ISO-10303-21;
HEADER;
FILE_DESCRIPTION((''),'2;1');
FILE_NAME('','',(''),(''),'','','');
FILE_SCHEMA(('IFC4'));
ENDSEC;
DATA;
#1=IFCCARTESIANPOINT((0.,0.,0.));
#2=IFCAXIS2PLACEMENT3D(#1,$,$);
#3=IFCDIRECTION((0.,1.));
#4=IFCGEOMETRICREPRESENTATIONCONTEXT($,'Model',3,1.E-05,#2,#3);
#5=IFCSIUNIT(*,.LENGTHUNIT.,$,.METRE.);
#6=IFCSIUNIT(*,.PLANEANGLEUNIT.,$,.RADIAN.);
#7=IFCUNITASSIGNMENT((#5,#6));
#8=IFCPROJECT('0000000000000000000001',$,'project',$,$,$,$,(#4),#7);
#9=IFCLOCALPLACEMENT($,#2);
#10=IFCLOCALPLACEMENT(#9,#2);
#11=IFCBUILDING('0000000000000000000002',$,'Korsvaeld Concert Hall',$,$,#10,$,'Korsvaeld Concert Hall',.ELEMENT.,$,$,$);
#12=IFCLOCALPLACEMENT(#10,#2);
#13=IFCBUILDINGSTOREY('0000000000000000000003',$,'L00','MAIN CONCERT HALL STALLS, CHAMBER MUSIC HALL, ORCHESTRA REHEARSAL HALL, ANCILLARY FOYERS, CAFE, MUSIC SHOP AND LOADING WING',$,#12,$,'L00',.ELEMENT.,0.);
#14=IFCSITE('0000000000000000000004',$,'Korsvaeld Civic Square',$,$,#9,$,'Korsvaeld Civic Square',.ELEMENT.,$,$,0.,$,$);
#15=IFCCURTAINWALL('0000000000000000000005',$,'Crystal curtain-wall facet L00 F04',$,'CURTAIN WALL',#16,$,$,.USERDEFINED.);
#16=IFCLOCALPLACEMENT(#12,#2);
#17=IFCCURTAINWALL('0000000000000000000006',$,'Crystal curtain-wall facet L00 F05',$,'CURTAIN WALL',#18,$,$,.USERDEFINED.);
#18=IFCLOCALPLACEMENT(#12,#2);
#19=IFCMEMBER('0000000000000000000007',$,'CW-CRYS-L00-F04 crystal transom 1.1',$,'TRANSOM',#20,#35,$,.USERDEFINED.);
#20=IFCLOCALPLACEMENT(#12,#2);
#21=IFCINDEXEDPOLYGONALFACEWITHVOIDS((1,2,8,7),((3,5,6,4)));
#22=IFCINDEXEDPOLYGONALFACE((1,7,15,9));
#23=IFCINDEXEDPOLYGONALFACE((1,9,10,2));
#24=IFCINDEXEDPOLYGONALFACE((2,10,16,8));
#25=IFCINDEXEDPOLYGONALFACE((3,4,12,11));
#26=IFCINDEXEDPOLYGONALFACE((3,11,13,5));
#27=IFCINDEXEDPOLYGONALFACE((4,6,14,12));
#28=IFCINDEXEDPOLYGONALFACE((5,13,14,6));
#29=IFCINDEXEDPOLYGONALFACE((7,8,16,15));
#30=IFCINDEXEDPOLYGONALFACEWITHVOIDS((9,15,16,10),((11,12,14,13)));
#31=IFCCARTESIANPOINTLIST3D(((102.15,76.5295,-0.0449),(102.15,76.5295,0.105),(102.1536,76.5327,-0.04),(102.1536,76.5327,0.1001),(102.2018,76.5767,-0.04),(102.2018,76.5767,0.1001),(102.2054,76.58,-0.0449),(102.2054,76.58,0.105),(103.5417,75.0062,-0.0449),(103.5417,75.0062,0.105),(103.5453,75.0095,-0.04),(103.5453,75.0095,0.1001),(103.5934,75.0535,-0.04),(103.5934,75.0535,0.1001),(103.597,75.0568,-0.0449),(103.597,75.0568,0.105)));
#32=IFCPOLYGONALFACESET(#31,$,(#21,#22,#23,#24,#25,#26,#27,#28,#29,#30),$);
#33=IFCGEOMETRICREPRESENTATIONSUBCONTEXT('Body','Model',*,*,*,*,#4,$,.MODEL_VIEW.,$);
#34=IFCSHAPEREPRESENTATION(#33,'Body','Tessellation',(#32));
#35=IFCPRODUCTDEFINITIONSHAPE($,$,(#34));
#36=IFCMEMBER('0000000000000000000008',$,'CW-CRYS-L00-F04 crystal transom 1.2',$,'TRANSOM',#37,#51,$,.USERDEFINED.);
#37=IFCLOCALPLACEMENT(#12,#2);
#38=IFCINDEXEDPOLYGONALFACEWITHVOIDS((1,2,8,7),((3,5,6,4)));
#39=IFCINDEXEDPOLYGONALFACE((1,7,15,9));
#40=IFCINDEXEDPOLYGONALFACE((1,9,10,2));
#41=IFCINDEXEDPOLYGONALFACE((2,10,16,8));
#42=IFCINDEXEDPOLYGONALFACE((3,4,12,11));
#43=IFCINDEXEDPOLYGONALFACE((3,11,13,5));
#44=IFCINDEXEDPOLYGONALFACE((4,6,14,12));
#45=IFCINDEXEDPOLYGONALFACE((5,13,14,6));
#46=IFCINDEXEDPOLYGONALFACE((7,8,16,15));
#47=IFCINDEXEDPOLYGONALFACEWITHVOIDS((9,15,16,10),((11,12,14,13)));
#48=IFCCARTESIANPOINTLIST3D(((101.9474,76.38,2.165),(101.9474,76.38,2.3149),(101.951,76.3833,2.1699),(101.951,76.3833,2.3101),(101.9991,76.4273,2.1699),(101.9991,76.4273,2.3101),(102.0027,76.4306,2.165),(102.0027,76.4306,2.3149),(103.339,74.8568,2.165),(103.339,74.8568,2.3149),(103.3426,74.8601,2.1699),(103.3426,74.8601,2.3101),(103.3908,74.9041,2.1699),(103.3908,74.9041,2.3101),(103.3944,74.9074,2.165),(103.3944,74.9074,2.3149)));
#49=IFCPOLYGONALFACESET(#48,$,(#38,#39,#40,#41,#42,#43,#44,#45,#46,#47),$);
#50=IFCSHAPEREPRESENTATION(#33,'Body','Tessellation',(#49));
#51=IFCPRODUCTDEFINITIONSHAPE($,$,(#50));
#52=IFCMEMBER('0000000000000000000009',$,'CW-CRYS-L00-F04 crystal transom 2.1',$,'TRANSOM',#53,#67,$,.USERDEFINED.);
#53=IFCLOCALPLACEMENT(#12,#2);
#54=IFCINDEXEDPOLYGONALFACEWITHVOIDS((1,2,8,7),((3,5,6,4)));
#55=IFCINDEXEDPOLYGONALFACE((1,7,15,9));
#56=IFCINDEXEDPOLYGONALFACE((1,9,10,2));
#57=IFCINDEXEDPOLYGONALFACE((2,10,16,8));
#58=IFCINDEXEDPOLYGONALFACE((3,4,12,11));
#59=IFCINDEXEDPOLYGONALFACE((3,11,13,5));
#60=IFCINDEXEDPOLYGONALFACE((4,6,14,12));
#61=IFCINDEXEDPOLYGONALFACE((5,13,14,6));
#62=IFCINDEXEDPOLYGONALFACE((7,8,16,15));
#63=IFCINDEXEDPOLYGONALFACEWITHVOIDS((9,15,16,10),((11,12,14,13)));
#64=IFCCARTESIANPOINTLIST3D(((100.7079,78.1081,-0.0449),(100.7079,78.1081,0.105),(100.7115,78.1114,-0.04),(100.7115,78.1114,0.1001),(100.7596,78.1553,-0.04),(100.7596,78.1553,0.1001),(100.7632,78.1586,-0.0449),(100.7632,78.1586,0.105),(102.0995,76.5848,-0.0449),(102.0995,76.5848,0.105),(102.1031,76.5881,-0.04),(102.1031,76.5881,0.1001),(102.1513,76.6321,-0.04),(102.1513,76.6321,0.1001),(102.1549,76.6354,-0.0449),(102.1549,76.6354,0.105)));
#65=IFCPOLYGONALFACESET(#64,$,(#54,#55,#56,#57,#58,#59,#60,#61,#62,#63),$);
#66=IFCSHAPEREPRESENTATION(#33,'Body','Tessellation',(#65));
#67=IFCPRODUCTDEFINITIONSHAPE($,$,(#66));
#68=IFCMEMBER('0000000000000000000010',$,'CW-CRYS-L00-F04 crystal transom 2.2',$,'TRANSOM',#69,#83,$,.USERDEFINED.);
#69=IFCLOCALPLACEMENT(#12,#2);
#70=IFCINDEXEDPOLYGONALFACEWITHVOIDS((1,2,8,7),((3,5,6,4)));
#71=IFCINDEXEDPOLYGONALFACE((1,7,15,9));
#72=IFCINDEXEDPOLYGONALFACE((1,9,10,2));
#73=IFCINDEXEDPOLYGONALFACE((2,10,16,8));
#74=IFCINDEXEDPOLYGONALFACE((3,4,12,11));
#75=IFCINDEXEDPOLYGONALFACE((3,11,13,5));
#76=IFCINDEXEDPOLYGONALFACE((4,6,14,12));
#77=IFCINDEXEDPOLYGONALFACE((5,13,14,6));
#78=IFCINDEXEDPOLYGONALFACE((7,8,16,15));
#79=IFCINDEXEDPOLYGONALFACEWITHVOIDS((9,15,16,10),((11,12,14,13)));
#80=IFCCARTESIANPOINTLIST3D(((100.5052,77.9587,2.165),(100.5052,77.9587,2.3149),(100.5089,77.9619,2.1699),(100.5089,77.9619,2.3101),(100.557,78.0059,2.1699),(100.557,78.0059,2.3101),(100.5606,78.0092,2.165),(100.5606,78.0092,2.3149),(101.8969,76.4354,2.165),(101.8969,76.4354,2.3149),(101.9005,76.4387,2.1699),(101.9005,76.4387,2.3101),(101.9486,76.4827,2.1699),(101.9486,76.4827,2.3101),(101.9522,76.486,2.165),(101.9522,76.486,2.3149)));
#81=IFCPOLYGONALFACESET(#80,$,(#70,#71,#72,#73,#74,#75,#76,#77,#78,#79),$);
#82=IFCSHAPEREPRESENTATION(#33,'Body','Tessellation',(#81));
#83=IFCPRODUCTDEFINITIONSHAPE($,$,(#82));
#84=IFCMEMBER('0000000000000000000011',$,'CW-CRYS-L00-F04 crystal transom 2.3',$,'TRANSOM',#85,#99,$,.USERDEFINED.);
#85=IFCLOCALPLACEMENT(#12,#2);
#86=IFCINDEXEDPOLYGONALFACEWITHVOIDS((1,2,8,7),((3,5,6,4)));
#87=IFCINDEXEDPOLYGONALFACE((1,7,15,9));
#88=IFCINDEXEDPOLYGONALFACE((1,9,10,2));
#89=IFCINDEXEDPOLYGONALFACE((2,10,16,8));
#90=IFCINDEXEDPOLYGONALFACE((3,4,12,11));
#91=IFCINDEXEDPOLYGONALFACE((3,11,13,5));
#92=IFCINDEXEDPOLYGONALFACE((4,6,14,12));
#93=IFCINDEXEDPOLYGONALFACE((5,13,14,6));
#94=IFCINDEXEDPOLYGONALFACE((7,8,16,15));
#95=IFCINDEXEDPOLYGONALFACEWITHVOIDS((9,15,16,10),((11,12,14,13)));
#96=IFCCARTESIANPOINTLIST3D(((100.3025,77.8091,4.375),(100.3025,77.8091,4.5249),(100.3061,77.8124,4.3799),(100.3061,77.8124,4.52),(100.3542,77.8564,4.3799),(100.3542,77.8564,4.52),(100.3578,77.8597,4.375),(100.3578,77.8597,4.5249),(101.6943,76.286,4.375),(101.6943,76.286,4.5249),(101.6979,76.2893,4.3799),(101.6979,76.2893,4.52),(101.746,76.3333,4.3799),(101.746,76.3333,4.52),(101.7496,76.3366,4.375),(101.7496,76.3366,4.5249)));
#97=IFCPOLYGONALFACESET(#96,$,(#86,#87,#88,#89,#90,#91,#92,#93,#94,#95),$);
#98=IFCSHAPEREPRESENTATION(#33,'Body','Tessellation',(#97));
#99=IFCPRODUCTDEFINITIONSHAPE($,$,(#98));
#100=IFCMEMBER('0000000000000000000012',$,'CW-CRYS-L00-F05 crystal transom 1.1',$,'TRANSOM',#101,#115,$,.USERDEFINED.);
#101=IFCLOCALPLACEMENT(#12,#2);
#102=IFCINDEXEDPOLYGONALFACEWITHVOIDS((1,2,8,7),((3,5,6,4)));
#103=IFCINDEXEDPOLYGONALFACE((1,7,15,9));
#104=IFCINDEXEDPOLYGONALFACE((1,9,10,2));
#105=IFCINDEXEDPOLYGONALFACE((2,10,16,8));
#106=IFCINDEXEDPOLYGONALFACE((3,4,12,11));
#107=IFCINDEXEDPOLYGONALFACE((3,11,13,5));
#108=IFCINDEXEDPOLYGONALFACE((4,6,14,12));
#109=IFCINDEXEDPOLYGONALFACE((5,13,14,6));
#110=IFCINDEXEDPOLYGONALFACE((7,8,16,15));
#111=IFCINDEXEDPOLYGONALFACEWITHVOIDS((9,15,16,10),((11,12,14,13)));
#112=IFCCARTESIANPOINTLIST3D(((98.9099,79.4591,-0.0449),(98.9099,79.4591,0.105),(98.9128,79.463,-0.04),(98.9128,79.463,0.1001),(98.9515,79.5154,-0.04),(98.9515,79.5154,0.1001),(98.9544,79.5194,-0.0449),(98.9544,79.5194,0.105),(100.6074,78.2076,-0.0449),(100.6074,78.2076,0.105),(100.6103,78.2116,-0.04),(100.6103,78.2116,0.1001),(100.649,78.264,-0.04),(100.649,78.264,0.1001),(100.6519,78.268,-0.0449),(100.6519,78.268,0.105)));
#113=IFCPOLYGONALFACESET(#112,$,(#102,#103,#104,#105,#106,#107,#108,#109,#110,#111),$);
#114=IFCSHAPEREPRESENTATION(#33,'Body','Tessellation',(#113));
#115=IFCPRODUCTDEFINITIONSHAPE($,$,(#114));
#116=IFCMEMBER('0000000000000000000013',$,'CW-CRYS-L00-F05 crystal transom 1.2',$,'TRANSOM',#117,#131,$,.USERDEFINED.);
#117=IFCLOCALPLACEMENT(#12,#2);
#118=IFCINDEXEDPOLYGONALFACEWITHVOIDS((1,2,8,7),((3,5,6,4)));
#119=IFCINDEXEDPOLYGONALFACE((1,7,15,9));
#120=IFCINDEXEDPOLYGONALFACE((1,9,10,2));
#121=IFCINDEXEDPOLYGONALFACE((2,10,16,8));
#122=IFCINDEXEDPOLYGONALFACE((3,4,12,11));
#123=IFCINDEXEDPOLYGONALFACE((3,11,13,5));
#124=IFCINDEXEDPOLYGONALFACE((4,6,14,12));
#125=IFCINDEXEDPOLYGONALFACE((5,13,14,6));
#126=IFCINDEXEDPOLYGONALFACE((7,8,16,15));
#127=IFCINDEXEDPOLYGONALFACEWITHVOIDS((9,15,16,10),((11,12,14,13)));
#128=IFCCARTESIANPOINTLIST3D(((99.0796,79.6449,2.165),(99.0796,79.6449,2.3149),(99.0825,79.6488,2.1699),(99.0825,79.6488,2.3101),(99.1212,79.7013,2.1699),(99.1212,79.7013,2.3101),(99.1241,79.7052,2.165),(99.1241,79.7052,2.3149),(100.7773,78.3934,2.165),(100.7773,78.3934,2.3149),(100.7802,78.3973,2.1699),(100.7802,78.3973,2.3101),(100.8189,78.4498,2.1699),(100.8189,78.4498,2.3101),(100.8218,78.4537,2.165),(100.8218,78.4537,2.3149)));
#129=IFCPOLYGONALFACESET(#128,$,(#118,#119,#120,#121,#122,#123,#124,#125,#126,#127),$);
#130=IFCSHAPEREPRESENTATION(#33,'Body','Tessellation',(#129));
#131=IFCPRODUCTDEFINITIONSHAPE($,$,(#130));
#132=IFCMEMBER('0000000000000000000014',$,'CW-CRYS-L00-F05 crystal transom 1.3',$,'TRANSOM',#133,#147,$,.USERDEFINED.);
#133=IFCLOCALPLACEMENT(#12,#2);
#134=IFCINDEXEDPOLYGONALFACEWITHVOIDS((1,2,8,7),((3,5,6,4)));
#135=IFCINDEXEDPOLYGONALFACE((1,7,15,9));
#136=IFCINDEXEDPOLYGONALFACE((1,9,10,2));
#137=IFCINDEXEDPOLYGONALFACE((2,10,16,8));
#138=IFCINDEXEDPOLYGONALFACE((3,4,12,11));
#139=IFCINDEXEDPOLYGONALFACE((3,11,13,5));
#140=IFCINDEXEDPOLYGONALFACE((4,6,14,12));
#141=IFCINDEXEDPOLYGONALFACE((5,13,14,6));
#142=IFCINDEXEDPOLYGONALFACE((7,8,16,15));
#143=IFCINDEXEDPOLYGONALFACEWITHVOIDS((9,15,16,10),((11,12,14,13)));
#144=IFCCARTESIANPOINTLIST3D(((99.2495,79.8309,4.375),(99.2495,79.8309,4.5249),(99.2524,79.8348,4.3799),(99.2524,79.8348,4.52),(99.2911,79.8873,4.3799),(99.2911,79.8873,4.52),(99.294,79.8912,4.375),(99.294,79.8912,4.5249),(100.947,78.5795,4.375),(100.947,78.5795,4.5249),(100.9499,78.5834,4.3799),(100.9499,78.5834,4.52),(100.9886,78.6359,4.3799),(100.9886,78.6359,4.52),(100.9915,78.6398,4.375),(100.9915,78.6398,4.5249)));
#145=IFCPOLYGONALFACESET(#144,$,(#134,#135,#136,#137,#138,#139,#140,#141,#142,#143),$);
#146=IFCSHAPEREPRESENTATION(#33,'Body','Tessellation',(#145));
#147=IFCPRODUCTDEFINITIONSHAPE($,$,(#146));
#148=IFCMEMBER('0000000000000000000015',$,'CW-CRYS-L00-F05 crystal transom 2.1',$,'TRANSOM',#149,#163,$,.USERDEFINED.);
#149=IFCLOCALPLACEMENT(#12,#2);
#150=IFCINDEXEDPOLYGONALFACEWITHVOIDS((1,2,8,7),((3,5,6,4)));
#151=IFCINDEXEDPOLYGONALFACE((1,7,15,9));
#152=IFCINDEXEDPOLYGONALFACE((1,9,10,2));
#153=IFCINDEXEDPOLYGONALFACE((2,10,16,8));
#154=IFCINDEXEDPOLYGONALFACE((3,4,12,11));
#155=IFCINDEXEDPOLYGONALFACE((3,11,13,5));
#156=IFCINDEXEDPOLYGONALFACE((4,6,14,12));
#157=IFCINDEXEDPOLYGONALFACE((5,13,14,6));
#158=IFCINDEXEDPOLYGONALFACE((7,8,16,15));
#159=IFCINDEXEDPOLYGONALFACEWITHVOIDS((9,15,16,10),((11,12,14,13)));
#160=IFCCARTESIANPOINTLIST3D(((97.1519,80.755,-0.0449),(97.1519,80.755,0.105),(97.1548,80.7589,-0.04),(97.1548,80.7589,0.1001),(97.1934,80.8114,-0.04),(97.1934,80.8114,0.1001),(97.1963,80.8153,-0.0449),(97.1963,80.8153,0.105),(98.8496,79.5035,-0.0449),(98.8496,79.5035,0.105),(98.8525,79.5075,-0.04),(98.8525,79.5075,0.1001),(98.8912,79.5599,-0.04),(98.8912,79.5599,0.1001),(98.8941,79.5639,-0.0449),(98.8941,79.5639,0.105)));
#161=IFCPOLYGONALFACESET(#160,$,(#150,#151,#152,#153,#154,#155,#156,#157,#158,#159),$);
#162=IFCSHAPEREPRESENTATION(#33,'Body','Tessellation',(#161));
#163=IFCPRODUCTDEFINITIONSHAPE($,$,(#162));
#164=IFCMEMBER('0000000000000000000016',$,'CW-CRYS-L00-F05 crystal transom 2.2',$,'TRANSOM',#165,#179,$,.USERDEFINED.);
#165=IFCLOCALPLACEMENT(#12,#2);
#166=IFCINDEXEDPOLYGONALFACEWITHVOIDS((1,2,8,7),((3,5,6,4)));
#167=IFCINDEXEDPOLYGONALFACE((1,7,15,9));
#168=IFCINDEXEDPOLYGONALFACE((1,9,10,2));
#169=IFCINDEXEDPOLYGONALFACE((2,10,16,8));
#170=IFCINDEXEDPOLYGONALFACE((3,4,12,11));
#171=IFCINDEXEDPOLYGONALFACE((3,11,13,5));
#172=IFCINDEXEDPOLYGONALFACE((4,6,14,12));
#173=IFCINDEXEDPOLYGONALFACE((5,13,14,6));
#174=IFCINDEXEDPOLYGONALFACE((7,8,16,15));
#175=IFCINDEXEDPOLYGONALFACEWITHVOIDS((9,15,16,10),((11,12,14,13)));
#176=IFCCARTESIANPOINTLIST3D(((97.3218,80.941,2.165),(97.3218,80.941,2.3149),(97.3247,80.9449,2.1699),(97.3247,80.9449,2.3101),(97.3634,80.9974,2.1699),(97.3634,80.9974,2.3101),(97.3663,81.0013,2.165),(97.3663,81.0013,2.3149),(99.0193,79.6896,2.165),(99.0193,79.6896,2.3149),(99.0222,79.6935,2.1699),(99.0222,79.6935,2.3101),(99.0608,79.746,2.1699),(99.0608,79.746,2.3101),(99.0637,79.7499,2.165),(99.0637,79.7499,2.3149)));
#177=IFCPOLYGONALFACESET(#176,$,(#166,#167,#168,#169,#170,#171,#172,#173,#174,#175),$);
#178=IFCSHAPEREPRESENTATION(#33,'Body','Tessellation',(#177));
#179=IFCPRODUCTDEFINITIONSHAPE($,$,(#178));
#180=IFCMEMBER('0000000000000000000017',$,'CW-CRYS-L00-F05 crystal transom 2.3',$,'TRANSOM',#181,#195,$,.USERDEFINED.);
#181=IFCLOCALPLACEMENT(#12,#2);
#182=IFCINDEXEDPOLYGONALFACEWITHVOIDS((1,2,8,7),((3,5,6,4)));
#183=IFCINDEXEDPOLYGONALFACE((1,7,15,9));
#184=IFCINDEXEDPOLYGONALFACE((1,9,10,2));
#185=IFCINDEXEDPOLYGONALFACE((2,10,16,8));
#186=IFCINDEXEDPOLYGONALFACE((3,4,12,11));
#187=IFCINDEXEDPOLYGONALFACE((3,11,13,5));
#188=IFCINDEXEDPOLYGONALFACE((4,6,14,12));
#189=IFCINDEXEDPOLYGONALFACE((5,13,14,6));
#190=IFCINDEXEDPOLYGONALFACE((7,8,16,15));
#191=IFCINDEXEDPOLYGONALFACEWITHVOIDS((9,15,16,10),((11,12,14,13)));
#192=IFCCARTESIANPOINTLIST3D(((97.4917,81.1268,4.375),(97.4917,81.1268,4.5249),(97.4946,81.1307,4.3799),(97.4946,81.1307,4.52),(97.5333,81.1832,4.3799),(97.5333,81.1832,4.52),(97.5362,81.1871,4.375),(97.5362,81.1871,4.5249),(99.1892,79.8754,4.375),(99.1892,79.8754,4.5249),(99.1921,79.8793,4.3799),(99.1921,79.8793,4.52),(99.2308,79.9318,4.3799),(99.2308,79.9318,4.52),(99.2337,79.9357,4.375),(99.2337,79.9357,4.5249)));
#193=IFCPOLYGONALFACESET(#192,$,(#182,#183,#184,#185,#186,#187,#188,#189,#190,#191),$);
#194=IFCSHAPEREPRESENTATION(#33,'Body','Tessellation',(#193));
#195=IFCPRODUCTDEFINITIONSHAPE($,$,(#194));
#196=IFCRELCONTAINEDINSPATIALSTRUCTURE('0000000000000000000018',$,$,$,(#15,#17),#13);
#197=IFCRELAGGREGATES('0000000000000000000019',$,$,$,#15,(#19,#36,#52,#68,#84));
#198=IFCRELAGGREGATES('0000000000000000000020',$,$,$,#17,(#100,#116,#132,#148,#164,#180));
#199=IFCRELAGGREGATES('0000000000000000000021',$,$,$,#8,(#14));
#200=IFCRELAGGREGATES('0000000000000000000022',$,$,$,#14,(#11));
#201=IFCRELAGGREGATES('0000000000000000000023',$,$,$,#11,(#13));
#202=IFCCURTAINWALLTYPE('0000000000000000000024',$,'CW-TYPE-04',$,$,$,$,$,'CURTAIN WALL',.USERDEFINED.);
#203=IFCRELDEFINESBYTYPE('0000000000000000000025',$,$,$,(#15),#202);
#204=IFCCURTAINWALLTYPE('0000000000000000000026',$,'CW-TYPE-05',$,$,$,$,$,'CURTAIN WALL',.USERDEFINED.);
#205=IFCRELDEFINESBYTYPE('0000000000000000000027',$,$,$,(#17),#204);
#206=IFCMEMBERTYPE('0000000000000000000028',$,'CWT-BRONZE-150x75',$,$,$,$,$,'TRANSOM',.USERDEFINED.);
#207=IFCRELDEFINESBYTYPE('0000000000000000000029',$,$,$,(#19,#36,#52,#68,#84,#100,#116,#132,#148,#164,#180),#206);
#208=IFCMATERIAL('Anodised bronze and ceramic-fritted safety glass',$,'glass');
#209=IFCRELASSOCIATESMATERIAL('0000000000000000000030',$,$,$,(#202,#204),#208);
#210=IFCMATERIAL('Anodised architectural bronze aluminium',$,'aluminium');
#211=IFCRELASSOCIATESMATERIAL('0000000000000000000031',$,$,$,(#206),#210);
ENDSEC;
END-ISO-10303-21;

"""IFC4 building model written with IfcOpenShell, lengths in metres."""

from ifc_helpers import new_model, si_unit, direction, frame, origin, origin_2d, place, context, subcontext, project, spatial, hollow_rectangle, extrude, material, material_profile, profile_set, type_object, element, aggregate, save


model = new_model("IFC4")

# Units and contexts
model_context = context("Model", 3, precision=1e-05, world=origin(), true_north=direction((0.0, 1.0)))
body_context = subcontext(model_context, "Body", "Model", "MODEL_VIEW")
ifc_project = project(units=[si_unit("LENGTHUNIT", "METRE"), si_unit("PLANEANGLEUNIT", "RADIAN")], contexts=[model_context])

# Site, building, storey
site_placement = place(None, origin())
site = spatial("IfcSite", under=ifc_project, at=site_placement, Name="Korsvaeld Civic Square", LongName="Korsvaeld Civic Square", CompositionType="ELEMENT", RefElevation=0.0)
building_placement = place(site_placement, origin())
building = spatial("IfcBuilding", under=site, at=building_placement, Name="Korsvaeld Concert Hall", LongName="Korsvaeld Concert Hall", CompositionType="ELEMENT")
storey_placement = place(building_placement, origin())
storey = spatial("IfcBuildingStorey", under=building, at=storey_placement, Name="L00", Description="MAIN CONCERT HALL STALLS, CHAMBER MUSIC HALL, ORCHESTRA REHEARSAL HALL, ANCILLARY FOYERS, CAFE, MUSIC SHOP AND LOADING WING", LongName="L00", CompositionType="ELEMENT", Elevation=0.0)

# Curtain wall
ifc_material_1 = material(Name="Anodised bronze and ceramic-fritted safety glass", Category="glass")
curtain_wall_type_1 = type_object("IfcCurtainWallType", Name="CW-TYPE-04", ElementType="CURTAIN WALL", PredefinedType="USERDEFINED", material=ifc_material_1)
curtain_wall_1_placement = place(storey_placement, origin())
curtain_wall_1 = element("IfcCurtainWall", 1, at=curtain_wall_1_placement, inside=storey, type_object=curtain_wall_type_1, Name="Crystal curtain-wall facet L00 F04", ObjectType="CURTAIN WALL", PredefinedType="USERDEFINED")
ifc_material_2 = material(Name="Anodised architectural bronze aluminium", Category="aluminium")

# Curtain wall
curtain_wall_type_2 = type_object("IfcCurtainWallType", Name="CW-TYPE-05", ElementType="CURTAIN WALL", PredefinedType="USERDEFINED", material=ifc_material_1)
curtain_wall_2_placement = place(storey_placement, origin())
curtain_wall_2 = element("IfcCurtainWall", 2, at=curtain_wall_2_placement, inside=storey, type_object=curtain_wall_type_2, Name="Crystal curtain-wall facet L00 F05", ObjectType="CURTAIN WALL", PredefinedType="USERDEFINED")

# Members
ifc_material_profile_1 = material_profile(ifc_material_2, hollow_rectangle(XDim=0.075, YDim=0.1499, WallThickness=0.0049, at=origin_2d()), Name="CWT 150x75x5")
ifc_profile_set_1 = profile_set([ifc_material_profile_1], Name="Anodised architectural bronze aluminium")
member_type_1 = type_object("IfcMemberType", Name="CWT-BRONZE-150x75", ElementType="TRANSOM", PredefinedType="USERDEFINED", material=ifc_profile_set_1)
member_1_placement = place(storey_placement, frame((103.5693, 75.0315, 0.03), z_axis=(-0.674497, 0.738278, 0.0), x_axis=(-0.738278, -0.674497, 0.0)))
member_1 = element("IfcMember", 3, at=member_1_placement, type_object=member_type_1, Name="CW-CRYS-L00-F04 crystal transom 1.1", ObjectType="TRANSOM", PredefinedType="USERDEFINED", context=body_context, shape_type="SweptSolid", body=[
    extrude(hollow_rectangle(XDim=0.075, YDim=0.1499, WallThickness=0.0049, at=origin_2d()), origin(), (0.0, 0.0, 1.0), 2.0632),
])
member_2_placement = place(storey_placement, frame((103.3667, 74.8821, 2.24), z_axis=(-0.674497, 0.738278, 0.0), x_axis=(-0.738278, -0.674497, 0.0)))
member_2 = element("IfcMember", 4, at=member_2_placement, type_object=member_type_1, Name="CW-CRYS-L00-F04 crystal transom 1.2", ObjectType="TRANSOM", PredefinedType="USERDEFINED", context=body_context, shape_type="SweptSolid", body=[
    extrude(hollow_rectangle(XDim=0.075, YDim=0.1499, WallThickness=0.0049, at=origin_2d()), origin(), (0.0, 0.0, 1.0), 2.0632),
])
member_3_placement = place(storey_placement, frame((102.1272, 76.6101, 0.03), z_axis=(-0.674497, 0.738278, 0.0), x_axis=(-0.738278, -0.674497, 0.0)))
member_3 = element("IfcMember", 5, at=member_3_placement, type_object=member_type_1, Name="CW-CRYS-L00-F04 crystal transom 2.1", ObjectType="TRANSOM", PredefinedType="USERDEFINED", context=body_context, shape_type="SweptSolid", body=[
    extrude(hollow_rectangle(XDim=0.075, YDim=0.1499, WallThickness=0.0049, at=origin_2d()), origin(), (0.0, 0.0, 1.0), 2.0632),
])
member_4_placement = place(storey_placement, frame((101.9246, 76.4607, 2.24), z_axis=(-0.674497, 0.738278, 0.0), x_axis=(-0.738278, -0.674497, 0.0)))
member_4 = element("IfcMember", 6, at=member_4_placement, type_object=member_type_1, Name="CW-CRYS-L00-F04 crystal transom 2.2", ObjectType="TRANSOM", PredefinedType="USERDEFINED", context=body_context, shape_type="SweptSolid", body=[
    extrude(hollow_rectangle(XDim=0.075, YDim=0.1499, WallThickness=0.0049, at=origin_2d()), origin(), (0.0, 0.0, 1.0), 2.0632),
])
member_5_placement = place(storey_placement, frame((101.7219, 76.3113, 4.45), z_axis=(-0.674561, 0.738219, 0.0), x_axis=(-0.738219, -0.674561, 0.0)))
member_5 = element("IfcMember", 7, at=member_5_placement, type_object=member_type_1, Name="CW-CRYS-L00-F04 crystal transom 2.3", ObjectType="TRANSOM", PredefinedType="USERDEFINED", context=body_context, shape_type="SweptSolid", body=[
    extrude(hollow_rectangle(XDim=0.075, YDim=0.1499, WallThickness=0.0049, at=origin_2d()), origin(), (0.0, 0.0, 1.0), 2.0632),
])
member_6_placement = place(storey_placement, frame((100.6296, 78.2378, 0.03), z_axis=(-0.804905, 0.593404, 0.0), x_axis=(-0.593404, -0.804905, 0.0)))
member_6 = element("IfcMember", 8, at=member_6_placement, type_object=member_type_1, Name="CW-CRYS-L00-F05 crystal transom 1.1", ObjectType="TRANSOM", PredefinedType="USERDEFINED", context=body_context, shape_type="SweptSolid", body=[
    extrude(hollow_rectangle(XDim=0.075, YDim=0.1499, WallThickness=0.0049, at=origin_2d()), origin(), (0.0, 0.0, 1.0), 2.1089),
])
member_7_placement = place(storey_placement, frame((100.7996, 78.4236, 2.24), z_axis=(-0.804945, 0.593349, 0.0), x_axis=(-0.593349, -0.804945, 0.0)))
member_7 = element("IfcMember", 9, at=member_7_placement, type_object=member_type_1, Name="CW-CRYS-L00-F05 crystal transom 1.2", ObjectType="TRANSOM", PredefinedType="USERDEFINED", context=body_context, shape_type="SweptSolid", body=[
    extrude(hollow_rectangle(XDim=0.075, YDim=0.1499, WallThickness=0.0049, at=origin_2d()), origin(), (0.0, 0.0, 1.0), 2.1091),
])
member_8_placement = place(storey_placement, frame((100.9692, 78.6096, 4.45), z_axis=(-0.804905, 0.593404, 0.0), x_axis=(-0.593404, -0.804905, 0.0)))
member_8 = element("IfcMember", 10, at=member_8_placement, type_object=member_type_1, Name="CW-CRYS-L00-F05 crystal transom 1.3", ObjectType="TRANSOM", PredefinedType="USERDEFINED", context=body_context, shape_type="SweptSolid", body=[
    extrude(hollow_rectangle(XDim=0.075, YDim=0.1499, WallThickness=0.0049, at=origin_2d()), origin(), (0.0, 0.0, 1.0), 2.1089),
])
member_9_placement = place(storey_placement, frame((98.8718, 79.5337, 0.03), z_axis=(-0.804945, 0.593349, 0.0), x_axis=(-0.593349, -0.804945, 0.0)))
member_9 = element("IfcMember", 11, at=member_9_placement, type_object=member_type_1, Name="CW-CRYS-L00-F05 crystal transom 2.1", ObjectType="TRANSOM", PredefinedType="USERDEFINED", context=body_context, shape_type="SweptSolid", body=[
    extrude(hollow_rectangle(XDim=0.075, YDim=0.1499, WallThickness=0.0049, at=origin_2d()), origin(), (0.0, 0.0, 1.0), 2.1091),
])
member_10_placement = place(storey_placement, frame((99.0415, 79.7197, 2.24), z_axis=(-0.804905, 0.593404, 0.0), x_axis=(-0.593404, -0.804905, 0.0)))
member_10 = element("IfcMember", 12, at=member_10_placement, type_object=member_type_1, Name="CW-CRYS-L00-F05 crystal transom 2.2", ObjectType="TRANSOM", PredefinedType="USERDEFINED", context=body_context, shape_type="SweptSolid", body=[
    extrude(hollow_rectangle(XDim=0.075, YDim=0.1499, WallThickness=0.0049, at=origin_2d()), origin(), (0.0, 0.0, 1.0), 2.1089),
])
member_11_placement = place(storey_placement, frame((99.2114, 79.9055, 4.45), z_axis=(-0.804905, 0.593404, 0.0), x_axis=(-0.593404, -0.804905, 0.0)))
member_11 = element("IfcMember", 13, at=member_11_placement, type_object=member_type_1, Name="CW-CRYS-L00-F05 crystal transom 2.3", ObjectType="TRANSOM", PredefinedType="USERDEFINED", context=body_context, shape_type="SweptSolid", body=[
    extrude(hollow_rectangle(XDim=0.075, YDim=0.1499, WallThickness=0.0049, at=origin_2d()), origin(), (0.0, 0.0, 1.0), 2.1089),
])

aggregate(curtain_wall_1, [member_1, member_2, member_3, member_4, member_5])
aggregate(curtain_wall_2, [member_6, member_7, member_8, member_9, member_10, member_11])

save(model, "model.ifc")
